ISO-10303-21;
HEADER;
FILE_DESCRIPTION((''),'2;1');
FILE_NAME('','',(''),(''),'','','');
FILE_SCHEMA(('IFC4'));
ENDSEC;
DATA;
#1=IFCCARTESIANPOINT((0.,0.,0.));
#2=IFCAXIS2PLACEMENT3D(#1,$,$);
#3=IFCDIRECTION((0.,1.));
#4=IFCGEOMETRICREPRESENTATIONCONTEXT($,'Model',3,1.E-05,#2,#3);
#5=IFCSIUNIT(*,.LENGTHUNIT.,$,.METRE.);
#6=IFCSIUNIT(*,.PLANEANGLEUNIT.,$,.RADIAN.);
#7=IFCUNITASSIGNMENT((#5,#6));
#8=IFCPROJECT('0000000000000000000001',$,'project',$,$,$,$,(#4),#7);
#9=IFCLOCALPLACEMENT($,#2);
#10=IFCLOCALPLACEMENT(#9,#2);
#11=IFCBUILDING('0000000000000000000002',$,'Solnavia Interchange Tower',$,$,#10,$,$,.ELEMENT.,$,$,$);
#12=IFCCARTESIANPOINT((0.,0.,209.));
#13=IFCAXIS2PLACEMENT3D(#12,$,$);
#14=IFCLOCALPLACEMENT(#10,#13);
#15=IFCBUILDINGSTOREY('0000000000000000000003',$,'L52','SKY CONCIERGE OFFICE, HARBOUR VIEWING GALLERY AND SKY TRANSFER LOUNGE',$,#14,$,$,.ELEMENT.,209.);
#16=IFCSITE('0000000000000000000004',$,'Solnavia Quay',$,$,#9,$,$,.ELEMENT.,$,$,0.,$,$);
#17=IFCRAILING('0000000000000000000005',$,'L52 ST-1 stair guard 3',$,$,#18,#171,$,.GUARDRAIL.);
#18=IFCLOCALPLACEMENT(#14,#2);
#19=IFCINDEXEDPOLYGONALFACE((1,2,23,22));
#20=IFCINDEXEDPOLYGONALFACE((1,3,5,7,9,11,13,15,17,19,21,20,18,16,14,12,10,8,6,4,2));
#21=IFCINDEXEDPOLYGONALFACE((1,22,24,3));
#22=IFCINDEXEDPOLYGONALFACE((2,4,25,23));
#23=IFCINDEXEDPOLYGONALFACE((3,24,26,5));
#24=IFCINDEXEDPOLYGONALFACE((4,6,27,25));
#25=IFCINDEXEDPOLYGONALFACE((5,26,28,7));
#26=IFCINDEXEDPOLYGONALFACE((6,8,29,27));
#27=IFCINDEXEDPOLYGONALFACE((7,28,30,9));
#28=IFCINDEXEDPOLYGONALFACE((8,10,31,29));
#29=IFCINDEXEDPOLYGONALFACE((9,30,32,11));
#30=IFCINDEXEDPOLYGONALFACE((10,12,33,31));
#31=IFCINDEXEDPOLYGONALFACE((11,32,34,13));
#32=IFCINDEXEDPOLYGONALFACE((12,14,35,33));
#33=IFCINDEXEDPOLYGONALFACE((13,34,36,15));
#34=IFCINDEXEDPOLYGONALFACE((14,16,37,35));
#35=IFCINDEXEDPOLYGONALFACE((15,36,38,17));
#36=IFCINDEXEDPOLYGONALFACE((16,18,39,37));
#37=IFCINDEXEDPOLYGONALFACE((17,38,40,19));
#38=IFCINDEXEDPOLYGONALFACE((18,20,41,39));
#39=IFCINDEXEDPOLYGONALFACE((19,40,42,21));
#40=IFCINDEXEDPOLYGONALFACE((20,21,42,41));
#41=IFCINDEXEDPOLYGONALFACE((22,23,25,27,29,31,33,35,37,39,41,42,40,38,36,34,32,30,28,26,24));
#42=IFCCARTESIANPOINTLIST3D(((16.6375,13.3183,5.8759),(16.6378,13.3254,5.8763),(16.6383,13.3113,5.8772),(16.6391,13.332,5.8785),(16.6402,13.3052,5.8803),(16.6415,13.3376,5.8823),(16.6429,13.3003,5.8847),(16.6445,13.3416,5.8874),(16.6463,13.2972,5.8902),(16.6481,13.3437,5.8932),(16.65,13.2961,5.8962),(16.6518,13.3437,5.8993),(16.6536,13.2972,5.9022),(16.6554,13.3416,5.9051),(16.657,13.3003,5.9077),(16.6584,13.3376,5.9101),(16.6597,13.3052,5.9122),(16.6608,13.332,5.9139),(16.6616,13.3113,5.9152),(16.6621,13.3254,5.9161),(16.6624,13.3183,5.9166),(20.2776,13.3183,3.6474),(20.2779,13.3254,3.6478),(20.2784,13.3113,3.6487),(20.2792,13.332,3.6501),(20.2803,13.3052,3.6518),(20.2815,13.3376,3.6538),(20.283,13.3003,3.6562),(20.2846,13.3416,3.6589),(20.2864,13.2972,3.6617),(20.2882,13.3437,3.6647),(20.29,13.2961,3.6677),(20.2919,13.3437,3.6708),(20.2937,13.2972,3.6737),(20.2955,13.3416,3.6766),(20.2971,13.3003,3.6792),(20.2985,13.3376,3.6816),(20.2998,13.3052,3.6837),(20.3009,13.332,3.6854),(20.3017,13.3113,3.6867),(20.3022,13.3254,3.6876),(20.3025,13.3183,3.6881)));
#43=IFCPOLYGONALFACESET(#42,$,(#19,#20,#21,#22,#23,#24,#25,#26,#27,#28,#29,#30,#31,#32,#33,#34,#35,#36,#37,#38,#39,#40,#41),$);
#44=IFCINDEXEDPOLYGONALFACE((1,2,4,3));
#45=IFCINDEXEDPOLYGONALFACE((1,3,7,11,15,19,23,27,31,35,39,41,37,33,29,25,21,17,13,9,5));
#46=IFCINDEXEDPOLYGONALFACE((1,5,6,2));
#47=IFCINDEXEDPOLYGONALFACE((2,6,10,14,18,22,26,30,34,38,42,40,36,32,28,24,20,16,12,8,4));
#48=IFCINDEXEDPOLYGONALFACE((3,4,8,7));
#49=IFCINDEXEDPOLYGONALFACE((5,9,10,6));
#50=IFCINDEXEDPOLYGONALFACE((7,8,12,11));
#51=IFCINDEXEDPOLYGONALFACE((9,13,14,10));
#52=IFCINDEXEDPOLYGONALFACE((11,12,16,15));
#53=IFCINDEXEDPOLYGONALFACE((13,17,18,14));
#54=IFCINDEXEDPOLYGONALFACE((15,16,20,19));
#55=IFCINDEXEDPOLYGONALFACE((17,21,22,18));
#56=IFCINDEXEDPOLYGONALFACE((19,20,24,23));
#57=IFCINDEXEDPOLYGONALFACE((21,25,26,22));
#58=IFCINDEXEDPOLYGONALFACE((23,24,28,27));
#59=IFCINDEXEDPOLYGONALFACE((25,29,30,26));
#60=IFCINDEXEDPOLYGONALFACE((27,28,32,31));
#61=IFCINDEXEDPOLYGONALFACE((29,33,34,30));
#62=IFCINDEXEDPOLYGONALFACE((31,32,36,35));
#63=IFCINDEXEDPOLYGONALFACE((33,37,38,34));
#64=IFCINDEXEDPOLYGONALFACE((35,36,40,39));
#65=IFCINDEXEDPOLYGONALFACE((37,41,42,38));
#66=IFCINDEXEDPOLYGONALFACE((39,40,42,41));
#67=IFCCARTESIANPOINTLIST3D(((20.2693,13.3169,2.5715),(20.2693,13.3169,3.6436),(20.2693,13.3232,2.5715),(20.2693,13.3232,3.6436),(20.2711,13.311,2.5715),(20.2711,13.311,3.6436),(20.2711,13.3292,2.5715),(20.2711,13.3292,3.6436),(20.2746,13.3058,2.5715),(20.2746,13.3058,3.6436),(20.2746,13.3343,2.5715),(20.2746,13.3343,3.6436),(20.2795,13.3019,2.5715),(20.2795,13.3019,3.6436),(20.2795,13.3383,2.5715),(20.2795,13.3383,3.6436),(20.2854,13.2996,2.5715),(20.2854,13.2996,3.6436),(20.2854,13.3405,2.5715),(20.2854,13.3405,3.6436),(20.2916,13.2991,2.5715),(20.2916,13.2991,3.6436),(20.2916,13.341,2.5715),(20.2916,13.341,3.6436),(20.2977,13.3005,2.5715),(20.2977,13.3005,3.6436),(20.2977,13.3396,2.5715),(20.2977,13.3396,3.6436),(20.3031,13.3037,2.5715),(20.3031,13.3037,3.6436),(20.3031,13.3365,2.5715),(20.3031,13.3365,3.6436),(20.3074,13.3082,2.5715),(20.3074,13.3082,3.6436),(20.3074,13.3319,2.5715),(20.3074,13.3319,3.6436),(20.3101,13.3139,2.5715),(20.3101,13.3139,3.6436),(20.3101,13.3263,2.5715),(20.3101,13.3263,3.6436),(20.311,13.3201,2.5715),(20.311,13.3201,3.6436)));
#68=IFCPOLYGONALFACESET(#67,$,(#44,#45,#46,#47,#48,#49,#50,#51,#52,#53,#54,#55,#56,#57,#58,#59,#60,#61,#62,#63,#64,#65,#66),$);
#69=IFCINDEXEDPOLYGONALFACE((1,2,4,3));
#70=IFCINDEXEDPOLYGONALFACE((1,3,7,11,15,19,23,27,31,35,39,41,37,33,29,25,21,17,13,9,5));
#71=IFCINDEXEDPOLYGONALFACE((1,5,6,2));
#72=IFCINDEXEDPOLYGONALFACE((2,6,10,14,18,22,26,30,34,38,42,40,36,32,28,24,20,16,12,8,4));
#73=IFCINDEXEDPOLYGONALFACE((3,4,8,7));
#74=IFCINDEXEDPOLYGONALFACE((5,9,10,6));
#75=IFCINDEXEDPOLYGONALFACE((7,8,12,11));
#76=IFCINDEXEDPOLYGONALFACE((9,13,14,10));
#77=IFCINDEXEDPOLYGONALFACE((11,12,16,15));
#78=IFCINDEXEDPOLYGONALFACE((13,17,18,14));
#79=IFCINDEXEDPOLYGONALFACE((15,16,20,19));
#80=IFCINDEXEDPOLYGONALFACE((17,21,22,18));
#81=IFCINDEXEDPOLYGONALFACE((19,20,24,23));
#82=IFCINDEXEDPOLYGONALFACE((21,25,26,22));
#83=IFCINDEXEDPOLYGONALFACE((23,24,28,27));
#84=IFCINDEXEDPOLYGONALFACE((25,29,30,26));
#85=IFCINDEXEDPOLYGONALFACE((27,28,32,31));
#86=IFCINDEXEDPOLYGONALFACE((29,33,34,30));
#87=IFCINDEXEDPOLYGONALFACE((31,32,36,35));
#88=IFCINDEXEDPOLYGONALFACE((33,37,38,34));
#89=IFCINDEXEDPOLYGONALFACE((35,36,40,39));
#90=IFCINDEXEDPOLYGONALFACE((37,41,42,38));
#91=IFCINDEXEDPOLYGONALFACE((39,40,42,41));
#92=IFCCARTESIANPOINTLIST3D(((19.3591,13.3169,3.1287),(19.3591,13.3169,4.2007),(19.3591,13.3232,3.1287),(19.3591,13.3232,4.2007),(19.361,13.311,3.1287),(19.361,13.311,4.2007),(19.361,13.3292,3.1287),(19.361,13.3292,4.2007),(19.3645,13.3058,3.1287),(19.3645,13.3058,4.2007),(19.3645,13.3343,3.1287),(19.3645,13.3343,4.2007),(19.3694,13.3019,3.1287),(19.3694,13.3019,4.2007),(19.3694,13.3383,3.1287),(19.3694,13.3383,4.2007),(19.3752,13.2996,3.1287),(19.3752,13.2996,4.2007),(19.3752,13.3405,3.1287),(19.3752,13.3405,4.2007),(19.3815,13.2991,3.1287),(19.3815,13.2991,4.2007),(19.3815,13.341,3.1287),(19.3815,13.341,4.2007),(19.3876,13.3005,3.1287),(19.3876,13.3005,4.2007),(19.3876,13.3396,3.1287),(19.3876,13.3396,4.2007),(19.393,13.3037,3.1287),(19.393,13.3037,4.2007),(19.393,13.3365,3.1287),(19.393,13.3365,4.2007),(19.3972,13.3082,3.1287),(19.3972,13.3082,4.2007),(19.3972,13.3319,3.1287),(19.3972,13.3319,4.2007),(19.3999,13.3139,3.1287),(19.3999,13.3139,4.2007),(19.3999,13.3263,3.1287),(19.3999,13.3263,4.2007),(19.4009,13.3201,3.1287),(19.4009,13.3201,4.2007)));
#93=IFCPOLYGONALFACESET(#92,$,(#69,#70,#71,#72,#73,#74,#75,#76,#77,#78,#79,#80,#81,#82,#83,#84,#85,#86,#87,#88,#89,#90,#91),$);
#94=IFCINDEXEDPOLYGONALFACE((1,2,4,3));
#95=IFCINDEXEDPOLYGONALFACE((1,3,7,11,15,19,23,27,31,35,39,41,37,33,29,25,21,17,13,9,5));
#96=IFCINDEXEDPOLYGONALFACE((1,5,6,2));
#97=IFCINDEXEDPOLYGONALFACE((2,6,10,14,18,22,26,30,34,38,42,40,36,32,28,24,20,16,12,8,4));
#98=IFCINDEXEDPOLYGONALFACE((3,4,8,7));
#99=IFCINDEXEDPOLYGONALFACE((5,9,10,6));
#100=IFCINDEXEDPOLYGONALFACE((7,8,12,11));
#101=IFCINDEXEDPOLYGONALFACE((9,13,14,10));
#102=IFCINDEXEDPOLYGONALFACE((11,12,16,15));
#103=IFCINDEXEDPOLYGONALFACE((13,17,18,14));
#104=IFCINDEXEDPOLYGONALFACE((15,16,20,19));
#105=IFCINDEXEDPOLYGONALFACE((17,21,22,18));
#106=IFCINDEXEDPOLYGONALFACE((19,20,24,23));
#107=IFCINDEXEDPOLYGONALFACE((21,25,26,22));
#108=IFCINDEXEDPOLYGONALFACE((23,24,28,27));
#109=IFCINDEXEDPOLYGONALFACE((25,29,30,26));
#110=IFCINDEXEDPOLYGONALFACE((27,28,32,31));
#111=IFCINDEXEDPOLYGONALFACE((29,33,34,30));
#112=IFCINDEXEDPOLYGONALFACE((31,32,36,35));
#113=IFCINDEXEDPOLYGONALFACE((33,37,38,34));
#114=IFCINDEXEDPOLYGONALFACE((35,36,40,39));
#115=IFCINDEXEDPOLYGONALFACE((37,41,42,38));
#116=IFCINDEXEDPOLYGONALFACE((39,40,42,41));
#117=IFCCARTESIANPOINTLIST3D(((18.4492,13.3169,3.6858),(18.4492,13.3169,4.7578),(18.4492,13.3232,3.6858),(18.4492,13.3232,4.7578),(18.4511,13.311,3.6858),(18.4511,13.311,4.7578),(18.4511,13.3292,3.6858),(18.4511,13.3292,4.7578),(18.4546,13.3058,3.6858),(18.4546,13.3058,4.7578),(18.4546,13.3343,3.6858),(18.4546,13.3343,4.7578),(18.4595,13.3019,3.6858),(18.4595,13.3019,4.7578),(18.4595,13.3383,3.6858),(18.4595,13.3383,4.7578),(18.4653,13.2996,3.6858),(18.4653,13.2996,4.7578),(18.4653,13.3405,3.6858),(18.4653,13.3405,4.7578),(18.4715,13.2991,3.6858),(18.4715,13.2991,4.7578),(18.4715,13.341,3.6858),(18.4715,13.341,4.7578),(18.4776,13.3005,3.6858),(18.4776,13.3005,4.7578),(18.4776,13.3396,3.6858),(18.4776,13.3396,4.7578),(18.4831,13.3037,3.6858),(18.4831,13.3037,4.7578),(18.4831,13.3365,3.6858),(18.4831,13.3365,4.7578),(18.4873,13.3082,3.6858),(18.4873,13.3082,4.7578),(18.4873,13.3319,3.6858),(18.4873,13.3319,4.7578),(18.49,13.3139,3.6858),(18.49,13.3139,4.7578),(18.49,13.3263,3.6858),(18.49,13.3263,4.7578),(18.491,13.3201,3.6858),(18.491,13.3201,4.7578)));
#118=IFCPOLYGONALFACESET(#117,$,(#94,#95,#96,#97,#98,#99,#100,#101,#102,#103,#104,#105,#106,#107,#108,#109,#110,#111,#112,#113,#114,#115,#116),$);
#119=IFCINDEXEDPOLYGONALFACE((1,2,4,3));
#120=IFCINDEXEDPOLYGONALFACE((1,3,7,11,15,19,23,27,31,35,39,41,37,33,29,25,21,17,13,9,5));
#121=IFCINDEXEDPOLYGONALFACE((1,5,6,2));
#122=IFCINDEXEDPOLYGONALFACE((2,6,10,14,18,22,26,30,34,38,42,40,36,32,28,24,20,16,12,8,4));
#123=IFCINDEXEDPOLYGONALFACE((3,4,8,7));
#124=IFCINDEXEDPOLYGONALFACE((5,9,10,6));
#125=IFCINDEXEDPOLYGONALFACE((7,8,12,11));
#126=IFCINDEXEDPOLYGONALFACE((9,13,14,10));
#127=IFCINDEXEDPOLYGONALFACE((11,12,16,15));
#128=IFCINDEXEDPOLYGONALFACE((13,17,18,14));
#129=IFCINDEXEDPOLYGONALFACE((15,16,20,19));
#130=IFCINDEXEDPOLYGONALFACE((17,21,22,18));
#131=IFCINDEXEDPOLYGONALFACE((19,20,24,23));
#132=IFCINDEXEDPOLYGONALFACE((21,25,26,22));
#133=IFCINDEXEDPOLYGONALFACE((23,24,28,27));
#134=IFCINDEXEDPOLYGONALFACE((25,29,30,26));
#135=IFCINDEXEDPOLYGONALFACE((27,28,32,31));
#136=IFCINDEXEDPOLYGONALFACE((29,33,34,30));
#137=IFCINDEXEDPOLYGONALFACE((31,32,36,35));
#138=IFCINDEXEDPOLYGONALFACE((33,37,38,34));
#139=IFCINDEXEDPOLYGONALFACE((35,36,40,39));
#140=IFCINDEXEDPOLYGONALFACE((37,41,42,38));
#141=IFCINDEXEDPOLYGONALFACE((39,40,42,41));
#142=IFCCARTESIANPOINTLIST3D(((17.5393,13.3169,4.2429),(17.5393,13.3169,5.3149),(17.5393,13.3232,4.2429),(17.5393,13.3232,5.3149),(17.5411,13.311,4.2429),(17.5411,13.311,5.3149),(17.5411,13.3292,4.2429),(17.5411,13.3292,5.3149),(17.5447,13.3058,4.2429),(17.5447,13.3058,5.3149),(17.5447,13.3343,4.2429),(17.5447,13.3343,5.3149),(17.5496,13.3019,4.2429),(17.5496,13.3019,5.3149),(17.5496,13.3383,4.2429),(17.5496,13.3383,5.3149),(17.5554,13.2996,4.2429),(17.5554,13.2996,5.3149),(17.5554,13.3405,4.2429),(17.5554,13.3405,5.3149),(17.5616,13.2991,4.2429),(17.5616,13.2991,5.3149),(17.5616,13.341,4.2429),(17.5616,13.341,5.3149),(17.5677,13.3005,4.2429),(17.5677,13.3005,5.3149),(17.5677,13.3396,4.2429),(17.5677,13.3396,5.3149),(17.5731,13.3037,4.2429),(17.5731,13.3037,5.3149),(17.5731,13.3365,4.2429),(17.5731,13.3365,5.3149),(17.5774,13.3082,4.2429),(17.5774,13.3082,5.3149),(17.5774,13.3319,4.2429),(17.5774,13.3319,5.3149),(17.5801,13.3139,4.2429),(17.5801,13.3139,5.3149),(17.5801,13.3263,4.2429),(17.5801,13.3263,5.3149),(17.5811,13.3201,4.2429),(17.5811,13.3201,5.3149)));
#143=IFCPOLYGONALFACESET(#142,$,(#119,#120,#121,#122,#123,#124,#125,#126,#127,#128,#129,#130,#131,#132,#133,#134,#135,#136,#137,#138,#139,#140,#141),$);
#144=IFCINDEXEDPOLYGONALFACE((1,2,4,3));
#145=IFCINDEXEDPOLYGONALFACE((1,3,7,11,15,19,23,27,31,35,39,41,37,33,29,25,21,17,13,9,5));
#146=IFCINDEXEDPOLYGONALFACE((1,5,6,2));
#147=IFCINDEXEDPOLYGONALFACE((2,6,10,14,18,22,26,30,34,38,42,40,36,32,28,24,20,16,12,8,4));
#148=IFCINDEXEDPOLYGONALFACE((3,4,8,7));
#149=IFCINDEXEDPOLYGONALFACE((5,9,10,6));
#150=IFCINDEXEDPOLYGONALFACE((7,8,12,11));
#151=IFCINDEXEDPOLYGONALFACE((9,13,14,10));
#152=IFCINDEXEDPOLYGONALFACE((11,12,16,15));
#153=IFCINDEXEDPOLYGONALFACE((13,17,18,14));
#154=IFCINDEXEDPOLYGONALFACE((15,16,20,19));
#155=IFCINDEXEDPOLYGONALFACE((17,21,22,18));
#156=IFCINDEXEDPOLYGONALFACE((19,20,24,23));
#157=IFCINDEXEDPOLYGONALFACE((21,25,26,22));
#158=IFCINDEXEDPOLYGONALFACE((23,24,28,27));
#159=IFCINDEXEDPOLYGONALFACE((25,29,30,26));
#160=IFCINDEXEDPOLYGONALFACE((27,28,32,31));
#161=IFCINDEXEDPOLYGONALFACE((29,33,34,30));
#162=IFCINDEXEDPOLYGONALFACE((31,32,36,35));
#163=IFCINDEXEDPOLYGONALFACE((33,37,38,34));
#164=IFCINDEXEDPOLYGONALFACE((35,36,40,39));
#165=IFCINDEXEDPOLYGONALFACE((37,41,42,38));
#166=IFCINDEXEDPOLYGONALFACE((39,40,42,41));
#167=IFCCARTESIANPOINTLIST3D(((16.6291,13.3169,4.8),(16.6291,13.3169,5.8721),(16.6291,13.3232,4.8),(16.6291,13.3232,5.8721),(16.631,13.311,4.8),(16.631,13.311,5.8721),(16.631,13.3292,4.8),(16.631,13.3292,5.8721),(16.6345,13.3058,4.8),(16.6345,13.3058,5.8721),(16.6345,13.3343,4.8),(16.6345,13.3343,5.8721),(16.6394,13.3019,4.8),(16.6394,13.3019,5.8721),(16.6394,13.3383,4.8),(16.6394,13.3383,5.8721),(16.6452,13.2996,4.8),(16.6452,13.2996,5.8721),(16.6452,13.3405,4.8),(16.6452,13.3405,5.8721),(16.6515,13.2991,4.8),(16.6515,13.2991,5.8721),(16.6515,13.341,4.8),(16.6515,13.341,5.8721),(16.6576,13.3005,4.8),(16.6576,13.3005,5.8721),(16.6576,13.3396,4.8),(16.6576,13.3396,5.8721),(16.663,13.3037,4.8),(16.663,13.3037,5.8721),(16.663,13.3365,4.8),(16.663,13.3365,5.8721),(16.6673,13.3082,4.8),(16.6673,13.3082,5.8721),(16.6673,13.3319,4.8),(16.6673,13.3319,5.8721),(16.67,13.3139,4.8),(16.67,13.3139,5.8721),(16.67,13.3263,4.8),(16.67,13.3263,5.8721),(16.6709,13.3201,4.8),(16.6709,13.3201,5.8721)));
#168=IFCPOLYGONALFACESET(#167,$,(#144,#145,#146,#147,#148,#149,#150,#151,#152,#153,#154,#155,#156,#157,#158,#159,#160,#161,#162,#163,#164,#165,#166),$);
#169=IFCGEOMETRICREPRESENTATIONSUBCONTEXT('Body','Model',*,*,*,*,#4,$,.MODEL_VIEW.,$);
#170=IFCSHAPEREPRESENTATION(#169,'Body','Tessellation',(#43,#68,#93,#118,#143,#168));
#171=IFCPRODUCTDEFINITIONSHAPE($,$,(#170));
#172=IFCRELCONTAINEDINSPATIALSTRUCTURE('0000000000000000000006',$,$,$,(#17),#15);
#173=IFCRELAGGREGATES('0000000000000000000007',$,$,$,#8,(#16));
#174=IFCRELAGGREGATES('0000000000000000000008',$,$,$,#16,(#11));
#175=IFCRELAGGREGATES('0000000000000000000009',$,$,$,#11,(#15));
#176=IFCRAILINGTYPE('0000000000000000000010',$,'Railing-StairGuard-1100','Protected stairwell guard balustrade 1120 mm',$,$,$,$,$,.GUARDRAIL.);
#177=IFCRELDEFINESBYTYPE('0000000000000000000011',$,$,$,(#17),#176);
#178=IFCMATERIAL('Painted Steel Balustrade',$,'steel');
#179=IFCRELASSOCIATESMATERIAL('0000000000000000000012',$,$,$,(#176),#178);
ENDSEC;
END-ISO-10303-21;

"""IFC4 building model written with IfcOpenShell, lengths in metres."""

from ifc_helpers import new_model, si_unit, direction, frame, origin, origin_2d, place, context, subcontext, project, spatial, circle, extrude, material, type_object, element, save


model = new_model("IFC4")

# Units and contexts
model_context = context("Model", 3, precision=1e-05, world=origin(), true_north=direction((0.0, 1.0)))
body_context = subcontext(model_context, "Body", "Model", "MODEL_VIEW")
ifc_project = project(units=[si_unit("LENGTHUNIT", "METRE"), si_unit("PLANEANGLEUNIT", "RADIAN")], contexts=[model_context])

# Site, building, storey
site_placement = place(None, origin())
site = spatial("IfcSite", under=ifc_project, at=site_placement, Name="Solnavia Quay", CompositionType="ELEMENT", RefElevation=0.0)
building_placement = place(site_placement, origin())
building = spatial("IfcBuilding", under=site, at=building_placement, Name="Solnavia Interchange Tower", CompositionType="ELEMENT")
storey_placement = place(building_placement, frame((0.0, 0.0, 209.0)))
storey = spatial("IfcBuildingStorey", under=building, at=storey_placement, Name="L52", Description="SKY CONCIERGE OFFICE, HARBOUR VIEWING GALLERY AND SKY TRANSFER LOUNGE", CompositionType="ELEMENT", Elevation=209.0)

# Railing
ifc_material_1 = material(Name="Painted Steel Balustrade", Category="steel")
railing_type_1 = type_object("IfcRailingType", Name="Railing-StairGuard-1100", Description="Protected stairwell guard balustrade 1120 mm", PredefinedType="GUARDRAIL", material=ifc_material_1)
railing_1_placement = place(storey_placement, frame((20.29, 13.3201, 2.5715)))
element("IfcRailing", 1, at=railing_1_placement, inside=storey, type_object=railing_type_1, Name="L52 ST-1 stair guard 3", PredefinedType="GUARDRAIL", context=body_context, shape_type="SweptSolid", body=[
    extrude(circle(Radius=0.0239, at=origin_2d()), frame((0.0, 0.0, 1.0962), z_axis=(-0.852866, 0.0, 0.52213), x_axis=(0.0, -1.0, 0.0)), (0.0, 0.0, 1.0), 4.2681),
    extrude(circle(Radius=0.021, at=origin_2d()), origin(), (0.0, 0.0, 1.0), 1.072),
    extrude(circle(Radius=0.021, at=origin_2d()), frame((-0.9102, 0.0, 0.5571)), (0.0, 0.0, 1.0), 1.072),
    extrude(circle(Radius=0.021, at=origin_2d()), frame((-1.8201, 0.0, 1.1143)), (0.0, 0.0, 1.0), 1.072),
    extrude(circle(Radius=0.021, at=origin_2d()), frame((-2.73, 0.0, 1.6714)), (0.0, 0.0, 1.0), 1.072),
    extrude(circle(Radius=0.021, at=origin_2d()), frame((-3.6401, 0.0, 2.2285)), (0.0, 0.0, 1.0), 1.072),
])

save(model, "model.ifc")
